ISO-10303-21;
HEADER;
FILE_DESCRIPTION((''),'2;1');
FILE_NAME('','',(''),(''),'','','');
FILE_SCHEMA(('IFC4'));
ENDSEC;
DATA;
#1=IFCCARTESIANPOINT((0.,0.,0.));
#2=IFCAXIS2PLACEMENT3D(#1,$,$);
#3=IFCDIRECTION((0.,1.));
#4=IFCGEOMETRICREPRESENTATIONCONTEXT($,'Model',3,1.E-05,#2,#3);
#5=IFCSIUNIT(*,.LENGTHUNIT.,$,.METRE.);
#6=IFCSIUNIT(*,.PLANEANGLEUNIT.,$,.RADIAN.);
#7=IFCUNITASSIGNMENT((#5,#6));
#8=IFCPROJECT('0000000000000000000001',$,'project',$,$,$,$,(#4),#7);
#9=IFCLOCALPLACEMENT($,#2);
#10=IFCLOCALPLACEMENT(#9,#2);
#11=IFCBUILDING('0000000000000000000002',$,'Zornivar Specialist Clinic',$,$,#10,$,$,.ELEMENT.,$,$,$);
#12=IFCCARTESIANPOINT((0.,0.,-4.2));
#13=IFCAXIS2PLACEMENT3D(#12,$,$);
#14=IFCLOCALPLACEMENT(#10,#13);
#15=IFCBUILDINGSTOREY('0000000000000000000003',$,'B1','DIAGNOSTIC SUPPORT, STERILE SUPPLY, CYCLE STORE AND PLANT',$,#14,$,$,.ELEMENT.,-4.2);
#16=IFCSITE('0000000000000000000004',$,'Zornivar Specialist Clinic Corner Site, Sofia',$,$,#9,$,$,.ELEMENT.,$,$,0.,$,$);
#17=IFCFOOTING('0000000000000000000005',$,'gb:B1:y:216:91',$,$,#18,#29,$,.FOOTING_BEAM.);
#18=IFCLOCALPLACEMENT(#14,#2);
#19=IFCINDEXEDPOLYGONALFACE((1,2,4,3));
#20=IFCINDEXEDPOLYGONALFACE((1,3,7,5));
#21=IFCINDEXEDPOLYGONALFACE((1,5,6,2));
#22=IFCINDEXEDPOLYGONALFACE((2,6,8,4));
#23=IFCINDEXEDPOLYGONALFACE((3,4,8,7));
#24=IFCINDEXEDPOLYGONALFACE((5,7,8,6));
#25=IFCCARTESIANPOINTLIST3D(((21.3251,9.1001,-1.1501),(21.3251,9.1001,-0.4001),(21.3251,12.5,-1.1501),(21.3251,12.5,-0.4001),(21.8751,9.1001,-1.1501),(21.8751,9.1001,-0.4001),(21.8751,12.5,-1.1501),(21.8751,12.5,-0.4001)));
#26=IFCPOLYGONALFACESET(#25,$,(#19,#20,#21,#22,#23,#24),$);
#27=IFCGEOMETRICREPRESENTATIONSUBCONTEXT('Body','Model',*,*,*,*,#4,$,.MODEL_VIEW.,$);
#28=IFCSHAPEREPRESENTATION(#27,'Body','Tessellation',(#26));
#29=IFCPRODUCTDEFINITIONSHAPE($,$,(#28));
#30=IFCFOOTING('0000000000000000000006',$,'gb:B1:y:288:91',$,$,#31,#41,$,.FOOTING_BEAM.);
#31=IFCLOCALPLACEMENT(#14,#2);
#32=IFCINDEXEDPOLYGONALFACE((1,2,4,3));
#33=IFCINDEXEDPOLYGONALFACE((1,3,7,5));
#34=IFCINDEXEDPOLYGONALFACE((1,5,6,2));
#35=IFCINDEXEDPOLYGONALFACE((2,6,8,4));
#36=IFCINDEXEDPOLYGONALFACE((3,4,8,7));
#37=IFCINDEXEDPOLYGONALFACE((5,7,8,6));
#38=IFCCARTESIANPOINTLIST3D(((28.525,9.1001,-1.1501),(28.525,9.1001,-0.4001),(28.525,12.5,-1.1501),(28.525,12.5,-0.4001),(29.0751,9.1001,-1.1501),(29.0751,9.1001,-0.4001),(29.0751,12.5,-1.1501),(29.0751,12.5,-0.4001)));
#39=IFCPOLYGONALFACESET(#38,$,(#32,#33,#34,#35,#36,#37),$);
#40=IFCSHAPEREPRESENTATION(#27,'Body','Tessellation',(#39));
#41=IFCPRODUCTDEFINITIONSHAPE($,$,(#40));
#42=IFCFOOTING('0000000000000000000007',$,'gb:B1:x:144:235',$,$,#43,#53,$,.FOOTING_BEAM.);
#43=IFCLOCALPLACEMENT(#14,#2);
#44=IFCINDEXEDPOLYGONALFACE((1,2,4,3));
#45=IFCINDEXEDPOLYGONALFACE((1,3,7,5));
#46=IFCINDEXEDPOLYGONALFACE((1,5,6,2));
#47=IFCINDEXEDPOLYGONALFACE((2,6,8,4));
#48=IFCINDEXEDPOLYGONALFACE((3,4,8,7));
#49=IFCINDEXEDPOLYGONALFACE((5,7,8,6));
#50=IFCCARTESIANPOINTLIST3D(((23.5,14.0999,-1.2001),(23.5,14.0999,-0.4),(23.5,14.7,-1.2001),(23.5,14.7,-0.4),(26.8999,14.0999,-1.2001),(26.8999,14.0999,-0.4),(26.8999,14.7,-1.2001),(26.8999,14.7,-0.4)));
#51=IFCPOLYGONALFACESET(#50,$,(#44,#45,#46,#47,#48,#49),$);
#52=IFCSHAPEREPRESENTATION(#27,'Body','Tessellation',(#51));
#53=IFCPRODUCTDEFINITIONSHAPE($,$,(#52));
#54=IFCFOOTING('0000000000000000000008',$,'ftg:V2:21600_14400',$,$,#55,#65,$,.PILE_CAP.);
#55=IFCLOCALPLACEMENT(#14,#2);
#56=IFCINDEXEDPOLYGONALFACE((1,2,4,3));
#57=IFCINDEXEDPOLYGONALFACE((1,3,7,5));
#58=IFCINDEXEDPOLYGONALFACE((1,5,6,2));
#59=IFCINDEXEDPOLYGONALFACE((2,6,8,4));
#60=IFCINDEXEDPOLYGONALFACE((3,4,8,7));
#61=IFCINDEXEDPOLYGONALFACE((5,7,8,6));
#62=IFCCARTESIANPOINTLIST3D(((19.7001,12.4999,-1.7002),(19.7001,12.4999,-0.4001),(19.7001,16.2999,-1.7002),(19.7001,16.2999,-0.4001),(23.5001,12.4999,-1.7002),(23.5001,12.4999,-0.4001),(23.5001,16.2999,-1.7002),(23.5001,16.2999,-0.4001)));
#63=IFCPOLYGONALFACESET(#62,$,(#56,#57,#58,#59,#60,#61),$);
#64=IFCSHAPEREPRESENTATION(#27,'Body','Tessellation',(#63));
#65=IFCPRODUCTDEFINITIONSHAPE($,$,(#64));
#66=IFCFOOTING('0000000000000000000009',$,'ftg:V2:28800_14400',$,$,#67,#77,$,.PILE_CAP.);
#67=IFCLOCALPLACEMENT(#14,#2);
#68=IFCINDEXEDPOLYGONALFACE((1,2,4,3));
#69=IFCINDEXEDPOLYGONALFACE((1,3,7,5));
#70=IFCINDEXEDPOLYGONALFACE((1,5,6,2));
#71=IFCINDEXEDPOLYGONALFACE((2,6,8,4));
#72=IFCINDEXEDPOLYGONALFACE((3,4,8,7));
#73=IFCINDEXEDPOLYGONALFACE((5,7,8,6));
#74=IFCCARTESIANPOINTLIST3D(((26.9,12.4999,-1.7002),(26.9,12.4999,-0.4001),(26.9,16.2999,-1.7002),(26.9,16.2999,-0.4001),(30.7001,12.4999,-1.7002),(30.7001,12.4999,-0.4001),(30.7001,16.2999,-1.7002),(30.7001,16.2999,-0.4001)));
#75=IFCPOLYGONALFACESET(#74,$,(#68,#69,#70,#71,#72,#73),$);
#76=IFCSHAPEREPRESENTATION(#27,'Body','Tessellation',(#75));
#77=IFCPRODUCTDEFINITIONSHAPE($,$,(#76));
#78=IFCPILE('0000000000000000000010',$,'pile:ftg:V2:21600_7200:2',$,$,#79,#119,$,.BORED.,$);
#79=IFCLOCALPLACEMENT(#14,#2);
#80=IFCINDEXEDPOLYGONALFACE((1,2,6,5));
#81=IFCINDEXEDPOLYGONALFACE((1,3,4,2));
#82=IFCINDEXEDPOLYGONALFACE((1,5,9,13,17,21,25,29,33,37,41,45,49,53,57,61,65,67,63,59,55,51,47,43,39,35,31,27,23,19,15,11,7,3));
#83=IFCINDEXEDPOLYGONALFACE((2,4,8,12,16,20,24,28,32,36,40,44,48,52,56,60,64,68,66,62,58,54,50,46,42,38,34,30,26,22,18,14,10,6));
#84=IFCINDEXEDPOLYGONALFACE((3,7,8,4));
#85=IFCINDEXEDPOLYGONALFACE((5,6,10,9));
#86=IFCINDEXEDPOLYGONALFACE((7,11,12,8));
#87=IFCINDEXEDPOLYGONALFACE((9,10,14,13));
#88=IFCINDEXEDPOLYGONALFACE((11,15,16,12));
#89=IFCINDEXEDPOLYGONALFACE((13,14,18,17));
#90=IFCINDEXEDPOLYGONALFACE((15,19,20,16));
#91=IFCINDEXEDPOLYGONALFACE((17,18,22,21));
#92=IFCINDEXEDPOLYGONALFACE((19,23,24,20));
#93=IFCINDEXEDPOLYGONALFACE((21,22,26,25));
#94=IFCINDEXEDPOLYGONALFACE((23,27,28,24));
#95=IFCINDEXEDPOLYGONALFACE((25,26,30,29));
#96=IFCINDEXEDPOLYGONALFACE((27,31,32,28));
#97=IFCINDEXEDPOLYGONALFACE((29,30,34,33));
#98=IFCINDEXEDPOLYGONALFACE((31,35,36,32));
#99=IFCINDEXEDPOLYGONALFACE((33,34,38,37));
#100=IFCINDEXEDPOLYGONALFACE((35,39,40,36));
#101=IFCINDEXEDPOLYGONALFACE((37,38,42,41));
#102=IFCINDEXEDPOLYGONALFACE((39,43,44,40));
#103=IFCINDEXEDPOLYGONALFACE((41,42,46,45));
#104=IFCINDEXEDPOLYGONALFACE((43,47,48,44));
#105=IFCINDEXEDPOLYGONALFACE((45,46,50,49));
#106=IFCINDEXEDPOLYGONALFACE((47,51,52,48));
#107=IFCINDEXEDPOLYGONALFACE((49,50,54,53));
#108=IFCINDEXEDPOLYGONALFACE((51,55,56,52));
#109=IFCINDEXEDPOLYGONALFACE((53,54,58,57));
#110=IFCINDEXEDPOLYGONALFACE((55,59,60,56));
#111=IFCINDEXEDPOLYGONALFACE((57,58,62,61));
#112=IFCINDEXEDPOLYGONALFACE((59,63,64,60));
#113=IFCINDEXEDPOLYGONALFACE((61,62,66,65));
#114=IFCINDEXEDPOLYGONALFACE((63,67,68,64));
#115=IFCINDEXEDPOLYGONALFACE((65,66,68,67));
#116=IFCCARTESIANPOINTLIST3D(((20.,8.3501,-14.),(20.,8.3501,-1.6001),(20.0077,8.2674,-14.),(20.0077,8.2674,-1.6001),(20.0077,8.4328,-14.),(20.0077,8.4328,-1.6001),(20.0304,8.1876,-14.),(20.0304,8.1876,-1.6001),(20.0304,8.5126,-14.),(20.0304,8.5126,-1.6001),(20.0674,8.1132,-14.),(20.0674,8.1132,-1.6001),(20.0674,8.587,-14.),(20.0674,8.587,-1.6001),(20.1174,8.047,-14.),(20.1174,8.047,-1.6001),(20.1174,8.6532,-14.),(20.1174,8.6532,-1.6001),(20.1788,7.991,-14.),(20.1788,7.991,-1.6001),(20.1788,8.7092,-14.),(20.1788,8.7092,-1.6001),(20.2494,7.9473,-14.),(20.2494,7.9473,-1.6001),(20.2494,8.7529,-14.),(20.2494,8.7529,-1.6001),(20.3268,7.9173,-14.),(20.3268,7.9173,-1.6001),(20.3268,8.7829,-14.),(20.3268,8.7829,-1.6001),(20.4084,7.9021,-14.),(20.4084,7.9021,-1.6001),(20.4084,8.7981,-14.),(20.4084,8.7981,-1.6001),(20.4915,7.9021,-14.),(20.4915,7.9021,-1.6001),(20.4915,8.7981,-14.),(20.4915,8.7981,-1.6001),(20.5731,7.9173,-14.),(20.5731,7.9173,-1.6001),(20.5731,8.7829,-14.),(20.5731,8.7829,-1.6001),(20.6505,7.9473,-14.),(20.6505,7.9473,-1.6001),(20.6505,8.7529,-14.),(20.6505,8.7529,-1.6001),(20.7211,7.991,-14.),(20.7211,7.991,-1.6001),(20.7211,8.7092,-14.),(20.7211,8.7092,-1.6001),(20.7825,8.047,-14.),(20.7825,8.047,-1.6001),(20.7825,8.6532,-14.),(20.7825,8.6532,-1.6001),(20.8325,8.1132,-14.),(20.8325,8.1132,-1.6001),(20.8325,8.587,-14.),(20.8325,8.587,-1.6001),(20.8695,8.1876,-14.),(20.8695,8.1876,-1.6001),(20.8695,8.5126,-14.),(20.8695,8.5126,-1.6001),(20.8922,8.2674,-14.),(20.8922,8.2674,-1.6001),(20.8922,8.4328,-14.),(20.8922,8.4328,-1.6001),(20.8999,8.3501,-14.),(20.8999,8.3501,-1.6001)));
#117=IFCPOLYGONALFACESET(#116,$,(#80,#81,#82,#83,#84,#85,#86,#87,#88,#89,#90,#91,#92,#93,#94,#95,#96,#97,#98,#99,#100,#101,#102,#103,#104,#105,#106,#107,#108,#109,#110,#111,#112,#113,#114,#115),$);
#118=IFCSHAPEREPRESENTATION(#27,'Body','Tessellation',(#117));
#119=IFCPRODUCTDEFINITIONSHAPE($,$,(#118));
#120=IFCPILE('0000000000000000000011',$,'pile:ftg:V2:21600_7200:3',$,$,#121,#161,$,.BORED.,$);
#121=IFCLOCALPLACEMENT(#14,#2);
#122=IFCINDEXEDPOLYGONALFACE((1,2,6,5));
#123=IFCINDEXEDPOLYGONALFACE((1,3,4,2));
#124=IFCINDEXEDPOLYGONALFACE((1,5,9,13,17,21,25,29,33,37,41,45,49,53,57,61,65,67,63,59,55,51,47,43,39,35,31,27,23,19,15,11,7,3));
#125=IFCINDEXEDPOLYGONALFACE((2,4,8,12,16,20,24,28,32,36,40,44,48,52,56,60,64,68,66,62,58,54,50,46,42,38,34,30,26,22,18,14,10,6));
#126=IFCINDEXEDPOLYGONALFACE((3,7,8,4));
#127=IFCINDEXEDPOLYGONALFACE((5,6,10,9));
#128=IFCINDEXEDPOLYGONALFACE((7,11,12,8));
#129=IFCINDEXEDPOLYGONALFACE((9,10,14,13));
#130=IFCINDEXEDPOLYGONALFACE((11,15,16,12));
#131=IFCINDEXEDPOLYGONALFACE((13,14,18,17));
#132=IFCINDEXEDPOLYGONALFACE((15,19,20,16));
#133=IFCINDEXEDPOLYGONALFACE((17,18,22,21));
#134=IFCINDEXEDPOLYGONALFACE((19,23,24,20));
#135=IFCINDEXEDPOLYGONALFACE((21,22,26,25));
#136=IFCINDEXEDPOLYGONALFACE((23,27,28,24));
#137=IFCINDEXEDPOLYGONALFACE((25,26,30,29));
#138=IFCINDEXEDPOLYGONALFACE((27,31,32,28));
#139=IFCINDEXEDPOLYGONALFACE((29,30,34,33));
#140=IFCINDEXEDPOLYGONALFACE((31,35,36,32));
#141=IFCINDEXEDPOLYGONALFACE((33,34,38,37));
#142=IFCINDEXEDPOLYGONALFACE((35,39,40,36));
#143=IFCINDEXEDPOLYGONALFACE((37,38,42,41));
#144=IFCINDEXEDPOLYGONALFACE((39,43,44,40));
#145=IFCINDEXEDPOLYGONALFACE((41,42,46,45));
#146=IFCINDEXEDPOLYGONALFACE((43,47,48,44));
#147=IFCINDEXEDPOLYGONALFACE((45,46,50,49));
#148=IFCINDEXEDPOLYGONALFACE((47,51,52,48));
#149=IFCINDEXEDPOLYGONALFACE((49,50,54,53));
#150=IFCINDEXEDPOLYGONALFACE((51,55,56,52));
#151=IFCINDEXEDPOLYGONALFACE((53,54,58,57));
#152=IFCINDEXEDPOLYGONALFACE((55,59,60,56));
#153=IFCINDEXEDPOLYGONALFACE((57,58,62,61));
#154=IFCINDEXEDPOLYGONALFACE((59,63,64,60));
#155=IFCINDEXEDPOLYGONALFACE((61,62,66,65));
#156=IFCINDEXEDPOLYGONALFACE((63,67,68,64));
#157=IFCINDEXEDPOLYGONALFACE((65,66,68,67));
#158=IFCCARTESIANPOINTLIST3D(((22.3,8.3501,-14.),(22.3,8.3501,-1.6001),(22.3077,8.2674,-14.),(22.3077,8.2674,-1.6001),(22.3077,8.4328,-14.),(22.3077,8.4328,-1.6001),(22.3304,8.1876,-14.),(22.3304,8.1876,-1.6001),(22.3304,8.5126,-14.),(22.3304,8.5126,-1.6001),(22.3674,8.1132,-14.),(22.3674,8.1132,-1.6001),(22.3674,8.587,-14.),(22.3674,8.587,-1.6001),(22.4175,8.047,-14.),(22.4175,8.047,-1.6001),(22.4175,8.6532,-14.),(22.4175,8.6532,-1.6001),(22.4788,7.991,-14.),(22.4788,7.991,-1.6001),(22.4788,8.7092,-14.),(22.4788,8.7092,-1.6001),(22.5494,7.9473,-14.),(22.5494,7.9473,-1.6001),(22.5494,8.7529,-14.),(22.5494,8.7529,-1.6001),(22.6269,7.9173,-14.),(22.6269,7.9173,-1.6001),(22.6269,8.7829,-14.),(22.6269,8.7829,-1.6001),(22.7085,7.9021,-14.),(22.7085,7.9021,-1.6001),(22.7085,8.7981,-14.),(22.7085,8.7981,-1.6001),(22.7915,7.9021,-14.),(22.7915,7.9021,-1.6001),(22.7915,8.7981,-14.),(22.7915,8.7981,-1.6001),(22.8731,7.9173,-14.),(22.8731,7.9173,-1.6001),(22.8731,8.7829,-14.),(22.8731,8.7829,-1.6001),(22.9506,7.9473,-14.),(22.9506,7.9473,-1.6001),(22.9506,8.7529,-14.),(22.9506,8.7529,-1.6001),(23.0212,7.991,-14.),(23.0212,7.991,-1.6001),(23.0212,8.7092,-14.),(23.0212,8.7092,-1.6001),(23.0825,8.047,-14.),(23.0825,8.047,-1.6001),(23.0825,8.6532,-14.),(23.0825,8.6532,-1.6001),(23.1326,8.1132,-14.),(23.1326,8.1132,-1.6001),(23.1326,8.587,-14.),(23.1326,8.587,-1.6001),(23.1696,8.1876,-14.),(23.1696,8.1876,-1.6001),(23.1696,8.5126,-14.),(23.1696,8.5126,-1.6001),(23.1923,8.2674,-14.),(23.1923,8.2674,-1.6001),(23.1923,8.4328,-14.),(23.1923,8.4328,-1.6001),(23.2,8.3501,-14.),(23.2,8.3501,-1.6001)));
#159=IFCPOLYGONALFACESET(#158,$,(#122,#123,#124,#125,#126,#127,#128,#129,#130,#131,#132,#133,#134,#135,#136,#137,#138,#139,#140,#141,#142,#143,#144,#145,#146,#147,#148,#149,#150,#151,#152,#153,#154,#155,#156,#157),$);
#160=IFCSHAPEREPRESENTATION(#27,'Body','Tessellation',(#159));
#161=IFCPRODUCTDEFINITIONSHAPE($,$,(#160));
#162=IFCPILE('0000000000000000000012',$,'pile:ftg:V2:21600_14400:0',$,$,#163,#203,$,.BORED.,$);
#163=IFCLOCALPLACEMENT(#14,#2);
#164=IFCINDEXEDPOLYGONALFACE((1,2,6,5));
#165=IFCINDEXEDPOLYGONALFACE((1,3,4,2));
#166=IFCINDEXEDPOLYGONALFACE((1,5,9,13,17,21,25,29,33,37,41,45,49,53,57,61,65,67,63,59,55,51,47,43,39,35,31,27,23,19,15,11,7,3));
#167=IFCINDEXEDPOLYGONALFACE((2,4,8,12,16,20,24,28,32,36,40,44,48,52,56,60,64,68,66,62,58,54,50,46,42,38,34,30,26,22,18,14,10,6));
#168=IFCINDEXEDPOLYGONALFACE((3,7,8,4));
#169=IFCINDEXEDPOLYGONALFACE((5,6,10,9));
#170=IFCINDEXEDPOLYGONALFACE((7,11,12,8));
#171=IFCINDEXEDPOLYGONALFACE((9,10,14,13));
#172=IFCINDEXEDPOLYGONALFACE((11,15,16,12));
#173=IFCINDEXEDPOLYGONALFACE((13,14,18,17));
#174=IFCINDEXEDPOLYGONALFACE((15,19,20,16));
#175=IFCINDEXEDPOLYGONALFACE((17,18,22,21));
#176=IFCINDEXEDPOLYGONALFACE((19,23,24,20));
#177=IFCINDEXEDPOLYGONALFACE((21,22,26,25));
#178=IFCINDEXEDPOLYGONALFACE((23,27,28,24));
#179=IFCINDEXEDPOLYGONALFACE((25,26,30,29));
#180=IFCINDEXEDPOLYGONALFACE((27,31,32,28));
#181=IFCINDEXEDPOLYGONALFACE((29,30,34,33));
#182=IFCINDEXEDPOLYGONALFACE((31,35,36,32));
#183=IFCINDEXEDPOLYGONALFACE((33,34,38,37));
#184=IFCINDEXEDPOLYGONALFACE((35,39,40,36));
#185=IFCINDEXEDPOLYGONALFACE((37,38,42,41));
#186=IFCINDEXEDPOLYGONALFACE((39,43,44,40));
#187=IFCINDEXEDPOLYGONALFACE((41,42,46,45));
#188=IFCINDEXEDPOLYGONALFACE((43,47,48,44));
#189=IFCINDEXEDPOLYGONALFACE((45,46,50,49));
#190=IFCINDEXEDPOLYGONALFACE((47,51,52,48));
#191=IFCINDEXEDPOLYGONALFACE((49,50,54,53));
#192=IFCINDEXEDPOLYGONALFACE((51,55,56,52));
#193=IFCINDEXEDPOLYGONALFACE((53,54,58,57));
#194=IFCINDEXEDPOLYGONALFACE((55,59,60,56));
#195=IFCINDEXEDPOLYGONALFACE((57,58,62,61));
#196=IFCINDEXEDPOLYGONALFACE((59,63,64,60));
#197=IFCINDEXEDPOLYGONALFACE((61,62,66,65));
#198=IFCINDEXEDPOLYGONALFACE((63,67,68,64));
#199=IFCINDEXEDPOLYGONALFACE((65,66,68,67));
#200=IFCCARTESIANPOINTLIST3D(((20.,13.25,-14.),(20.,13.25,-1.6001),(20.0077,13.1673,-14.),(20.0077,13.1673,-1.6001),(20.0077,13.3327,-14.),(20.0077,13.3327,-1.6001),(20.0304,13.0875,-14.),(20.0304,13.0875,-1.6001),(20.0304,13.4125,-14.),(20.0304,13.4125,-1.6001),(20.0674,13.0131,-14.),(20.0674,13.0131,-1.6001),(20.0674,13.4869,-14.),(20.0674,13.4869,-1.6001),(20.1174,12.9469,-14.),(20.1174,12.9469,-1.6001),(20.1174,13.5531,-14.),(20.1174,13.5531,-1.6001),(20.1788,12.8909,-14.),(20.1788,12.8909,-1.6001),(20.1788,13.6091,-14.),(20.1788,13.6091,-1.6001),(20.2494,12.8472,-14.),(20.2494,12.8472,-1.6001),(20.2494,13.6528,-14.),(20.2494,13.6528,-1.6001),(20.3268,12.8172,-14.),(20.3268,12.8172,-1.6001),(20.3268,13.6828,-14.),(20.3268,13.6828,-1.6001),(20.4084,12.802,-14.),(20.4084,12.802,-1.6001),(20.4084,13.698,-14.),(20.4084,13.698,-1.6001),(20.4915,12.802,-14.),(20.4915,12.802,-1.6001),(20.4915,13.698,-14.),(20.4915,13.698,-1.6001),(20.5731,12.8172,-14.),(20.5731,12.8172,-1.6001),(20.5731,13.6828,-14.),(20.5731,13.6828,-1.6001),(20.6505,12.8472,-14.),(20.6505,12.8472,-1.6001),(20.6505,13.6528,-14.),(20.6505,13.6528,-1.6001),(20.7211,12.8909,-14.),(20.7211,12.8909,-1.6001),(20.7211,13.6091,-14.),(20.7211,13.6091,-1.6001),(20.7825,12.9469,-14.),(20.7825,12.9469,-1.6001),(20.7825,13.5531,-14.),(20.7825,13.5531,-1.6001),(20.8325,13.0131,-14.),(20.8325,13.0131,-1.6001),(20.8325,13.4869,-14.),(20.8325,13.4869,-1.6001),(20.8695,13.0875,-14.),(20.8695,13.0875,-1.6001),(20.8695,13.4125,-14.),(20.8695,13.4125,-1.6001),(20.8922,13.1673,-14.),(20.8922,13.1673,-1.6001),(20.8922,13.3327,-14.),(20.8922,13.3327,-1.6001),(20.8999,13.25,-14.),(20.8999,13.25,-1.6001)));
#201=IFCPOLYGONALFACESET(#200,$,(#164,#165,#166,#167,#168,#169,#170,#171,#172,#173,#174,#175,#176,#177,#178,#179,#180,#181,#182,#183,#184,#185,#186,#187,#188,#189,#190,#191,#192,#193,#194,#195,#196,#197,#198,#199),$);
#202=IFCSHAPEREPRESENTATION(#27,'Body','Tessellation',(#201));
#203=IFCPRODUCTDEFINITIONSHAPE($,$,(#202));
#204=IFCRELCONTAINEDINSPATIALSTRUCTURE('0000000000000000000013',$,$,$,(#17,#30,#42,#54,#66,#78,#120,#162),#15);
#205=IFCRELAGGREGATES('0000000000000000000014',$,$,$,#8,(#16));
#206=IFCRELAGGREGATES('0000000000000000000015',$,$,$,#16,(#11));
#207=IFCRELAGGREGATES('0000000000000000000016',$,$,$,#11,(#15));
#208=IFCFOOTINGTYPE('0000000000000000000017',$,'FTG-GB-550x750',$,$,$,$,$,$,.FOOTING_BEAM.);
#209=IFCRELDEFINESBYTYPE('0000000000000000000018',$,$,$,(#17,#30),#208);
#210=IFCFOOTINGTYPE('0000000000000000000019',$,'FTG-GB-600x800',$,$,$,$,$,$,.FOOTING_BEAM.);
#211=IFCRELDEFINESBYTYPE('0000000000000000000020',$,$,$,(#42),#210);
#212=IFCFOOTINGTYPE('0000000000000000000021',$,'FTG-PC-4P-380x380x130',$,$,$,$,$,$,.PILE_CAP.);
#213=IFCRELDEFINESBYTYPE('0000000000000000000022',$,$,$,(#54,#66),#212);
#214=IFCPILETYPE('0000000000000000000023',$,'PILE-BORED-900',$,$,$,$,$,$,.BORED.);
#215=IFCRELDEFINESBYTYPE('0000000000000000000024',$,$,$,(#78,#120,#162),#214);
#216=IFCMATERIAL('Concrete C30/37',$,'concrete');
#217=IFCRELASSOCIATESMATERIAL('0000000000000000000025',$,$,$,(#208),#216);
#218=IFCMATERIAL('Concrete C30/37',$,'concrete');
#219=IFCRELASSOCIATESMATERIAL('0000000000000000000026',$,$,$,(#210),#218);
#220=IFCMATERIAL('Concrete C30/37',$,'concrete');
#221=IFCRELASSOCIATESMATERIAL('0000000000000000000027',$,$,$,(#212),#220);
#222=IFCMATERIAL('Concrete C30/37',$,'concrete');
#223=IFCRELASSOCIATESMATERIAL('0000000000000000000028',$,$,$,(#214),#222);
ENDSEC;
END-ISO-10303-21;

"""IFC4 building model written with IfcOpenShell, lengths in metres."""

from ifc_helpers import new_model, si_unit, direction, frame, origin, origin_2d, place, context, subcontext, project, spatial, rectangle, circle, extrude, material, material_profile, profile_set, type_object, element, save


model = new_model("IFC4")

# Units and contexts
model_context = context("Model", 3, precision=1e-05, world=origin(), true_north=direction((0.0, 1.0)))
body_context = subcontext(model_context, "Body", "Model", "MODEL_VIEW")
ifc_project = project(units=[si_unit("LENGTHUNIT", "METRE"), si_unit("PLANEANGLEUNIT", "RADIAN")], contexts=[model_context])

# Site, building, storey
site_placement = place(None, origin())
site = spatial("IfcSite", under=ifc_project, at=site_placement, Name="Zornivar Specialist Clinic Corner Site, Sofia", CompositionType="ELEMENT", RefElevation=0.0)
building_placement = place(site_placement, origin())
building = spatial("IfcBuilding", under=site, at=building_placement, Name="Zornivar Specialist Clinic", CompositionType="ELEMENT")
storey_placement = place(building_placement, frame((0.0, 0.0, -4.2)))
storey = spatial("IfcBuildingStorey", under=building, at=storey_placement, Name="B1", Description="DIAGNOSTIC SUPPORT, STERILE SUPPLY, CYCLE STORE AND PLANT", CompositionType="ELEMENT", Elevation=-4.2)

# Footings
ifc_material_1 = material(Name="Concrete C30/37", Category="concrete")
ifc_material_profile_1 = material_profile(ifc_material_1, rectangle(XDim=0.55, YDim=0.75, at=origin_2d()), Name="RC 550x750")
ifc_profile_set_1 = profile_set([ifc_material_profile_1], Name="Concrete C30/37")
footing_type_1 = type_object("IfcFootingType", Name="FTG-GB-550x750", PredefinedType="FOOTING_BEAM", material=ifc_profile_set_1)
for number, where, z_axis, x_axis, name in (
    (1, (21.6001, 9.1001, -0.7751), (0.0, 1.0, 0.0), (-1.0, 0.0, 0.0), "gb:B1:y:216:91"),
    (2, (28.8, 9.1001, -0.7751), (0.0, 1.0, 0.0), (-1.0, 0.0, 0.0), "gb:B1:y:288:91"),
):
    element("IfcFooting", number, at=place(storey_placement, frame(where, z_axis=z_axis, x_axis=x_axis)), inside=storey, type_object=footing_type_1, Name=name, PredefinedType="FOOTING_BEAM", context=body_context, shape_type="SweptSolid", body=[
        extrude(rectangle(XDim=0.55, YDim=0.75, at=origin_2d()), origin(), (0.0, 0.0, 1.0), 3.3999),
    ])
ifc_material_2 = material(Name="Concrete C30/37", Category="concrete")
ifc_material_profile_2 = material_profile(ifc_material_2, rectangle(XDim=0.6001, YDim=0.8, at=origin_2d()), Name="RC 600x800")
ifc_profile_set_2 = profile_set([ifc_material_profile_2], Name="Concrete C30/37")
footing_type_2 = type_object("IfcFootingType", Name="FTG-GB-600x800", PredefinedType="FOOTING_BEAM", material=ifc_profile_set_2)
footing_placement = place(storey_placement, frame((23.5, 14.3999, -0.8), z_axis=(1.0, 0.0, 0.0), x_axis=(0.0, 1.0, 0.0)))
element("IfcFooting", 3, at=footing_placement, inside=storey, type_object=footing_type_2, Name="gb:B1:x:144:235", PredefinedType="FOOTING_BEAM", context=body_context, shape_type="SweptSolid", body=[
    extrude(rectangle(XDim=0.6001, YDim=0.8, at=origin_2d()), origin(), (0.0, 0.0, 1.0), 3.3999),
])
ifc_material_3 = material(Name="Concrete C30/37", Category="concrete")
footing_type_3 = type_object("IfcFootingType", Name="FTG-PC-4P-380x380x130", PredefinedType="PILE_CAP", material=ifc_material_3)
for number, where, z_axis, x_axis, name in (
    (4, (21.6001, 14.3999, -1.7002), (0.0, 0.0, 1.0), (1.0, 0.0, 0.0), "ftg:V2:21600_14400"),
    (5, (28.8, 14.3999, -1.7002), (0.0, 0.0, 1.0), (1.0, 0.0, 0.0), "ftg:V2:28800_14400"),
):
    element("IfcFooting", number, at=place(storey_placement, frame(where, z_axis=z_axis, x_axis=x_axis)), inside=storey, type_object=footing_type_3, Name=name, PredefinedType="PILE_CAP", context=body_context, shape_type="SweptSolid", body=[
        extrude(rectangle(XDim=3.8, YDim=3.8, at=origin_2d()), origin(), (0.0, 0.0, 1.0), 1.3),
    ])

# Piles
ifc_material_4 = material(Name="Concrete C30/37", Category="concrete")
ifc_material_profile_3 = material_profile(ifc_material_4, circle(Radius=0.45, at=origin_2d()), Name="PILE D900")
ifc_profile_set_3 = profile_set([ifc_material_profile_3], Name="Concrete C30/37")
pile_type = type_object("IfcPileType", Name="PILE-BORED-900", PredefinedType="BORED", material=ifc_profile_set_3)
for number, where, z_axis, x_axis, name in (
    (6, (20.45, 8.3501, -1.6001), (0.0, 0.0, -1.0), (1.0, 0.0, 0.0), "pile:ftg:V2:21600_7200:2"),
    (7, (22.75, 8.3501, -1.6001), (0.0, 0.0, -1.0), (1.0, 0.0, 0.0), "pile:ftg:V2:21600_7200:3"),
    (8, (20.45, 13.25, -1.6001), (0.0, 0.0, -1.0), (1.0, 0.0, 0.0), "pile:ftg:V2:21600_14400:0"),
):
    element("IfcPile", number, at=place(storey_placement, frame(where, z_axis=z_axis, x_axis=x_axis)), inside=storey, type_object=pile_type, Name=name, PredefinedType="BORED", context=body_context, shape_type="SweptSolid", body=[
        extrude(circle(Radius=0.45, at=origin_2d()), origin(), (0.0, 0.0, 1.0), 12.3999),
    ])

save(model, "model.ifc")
